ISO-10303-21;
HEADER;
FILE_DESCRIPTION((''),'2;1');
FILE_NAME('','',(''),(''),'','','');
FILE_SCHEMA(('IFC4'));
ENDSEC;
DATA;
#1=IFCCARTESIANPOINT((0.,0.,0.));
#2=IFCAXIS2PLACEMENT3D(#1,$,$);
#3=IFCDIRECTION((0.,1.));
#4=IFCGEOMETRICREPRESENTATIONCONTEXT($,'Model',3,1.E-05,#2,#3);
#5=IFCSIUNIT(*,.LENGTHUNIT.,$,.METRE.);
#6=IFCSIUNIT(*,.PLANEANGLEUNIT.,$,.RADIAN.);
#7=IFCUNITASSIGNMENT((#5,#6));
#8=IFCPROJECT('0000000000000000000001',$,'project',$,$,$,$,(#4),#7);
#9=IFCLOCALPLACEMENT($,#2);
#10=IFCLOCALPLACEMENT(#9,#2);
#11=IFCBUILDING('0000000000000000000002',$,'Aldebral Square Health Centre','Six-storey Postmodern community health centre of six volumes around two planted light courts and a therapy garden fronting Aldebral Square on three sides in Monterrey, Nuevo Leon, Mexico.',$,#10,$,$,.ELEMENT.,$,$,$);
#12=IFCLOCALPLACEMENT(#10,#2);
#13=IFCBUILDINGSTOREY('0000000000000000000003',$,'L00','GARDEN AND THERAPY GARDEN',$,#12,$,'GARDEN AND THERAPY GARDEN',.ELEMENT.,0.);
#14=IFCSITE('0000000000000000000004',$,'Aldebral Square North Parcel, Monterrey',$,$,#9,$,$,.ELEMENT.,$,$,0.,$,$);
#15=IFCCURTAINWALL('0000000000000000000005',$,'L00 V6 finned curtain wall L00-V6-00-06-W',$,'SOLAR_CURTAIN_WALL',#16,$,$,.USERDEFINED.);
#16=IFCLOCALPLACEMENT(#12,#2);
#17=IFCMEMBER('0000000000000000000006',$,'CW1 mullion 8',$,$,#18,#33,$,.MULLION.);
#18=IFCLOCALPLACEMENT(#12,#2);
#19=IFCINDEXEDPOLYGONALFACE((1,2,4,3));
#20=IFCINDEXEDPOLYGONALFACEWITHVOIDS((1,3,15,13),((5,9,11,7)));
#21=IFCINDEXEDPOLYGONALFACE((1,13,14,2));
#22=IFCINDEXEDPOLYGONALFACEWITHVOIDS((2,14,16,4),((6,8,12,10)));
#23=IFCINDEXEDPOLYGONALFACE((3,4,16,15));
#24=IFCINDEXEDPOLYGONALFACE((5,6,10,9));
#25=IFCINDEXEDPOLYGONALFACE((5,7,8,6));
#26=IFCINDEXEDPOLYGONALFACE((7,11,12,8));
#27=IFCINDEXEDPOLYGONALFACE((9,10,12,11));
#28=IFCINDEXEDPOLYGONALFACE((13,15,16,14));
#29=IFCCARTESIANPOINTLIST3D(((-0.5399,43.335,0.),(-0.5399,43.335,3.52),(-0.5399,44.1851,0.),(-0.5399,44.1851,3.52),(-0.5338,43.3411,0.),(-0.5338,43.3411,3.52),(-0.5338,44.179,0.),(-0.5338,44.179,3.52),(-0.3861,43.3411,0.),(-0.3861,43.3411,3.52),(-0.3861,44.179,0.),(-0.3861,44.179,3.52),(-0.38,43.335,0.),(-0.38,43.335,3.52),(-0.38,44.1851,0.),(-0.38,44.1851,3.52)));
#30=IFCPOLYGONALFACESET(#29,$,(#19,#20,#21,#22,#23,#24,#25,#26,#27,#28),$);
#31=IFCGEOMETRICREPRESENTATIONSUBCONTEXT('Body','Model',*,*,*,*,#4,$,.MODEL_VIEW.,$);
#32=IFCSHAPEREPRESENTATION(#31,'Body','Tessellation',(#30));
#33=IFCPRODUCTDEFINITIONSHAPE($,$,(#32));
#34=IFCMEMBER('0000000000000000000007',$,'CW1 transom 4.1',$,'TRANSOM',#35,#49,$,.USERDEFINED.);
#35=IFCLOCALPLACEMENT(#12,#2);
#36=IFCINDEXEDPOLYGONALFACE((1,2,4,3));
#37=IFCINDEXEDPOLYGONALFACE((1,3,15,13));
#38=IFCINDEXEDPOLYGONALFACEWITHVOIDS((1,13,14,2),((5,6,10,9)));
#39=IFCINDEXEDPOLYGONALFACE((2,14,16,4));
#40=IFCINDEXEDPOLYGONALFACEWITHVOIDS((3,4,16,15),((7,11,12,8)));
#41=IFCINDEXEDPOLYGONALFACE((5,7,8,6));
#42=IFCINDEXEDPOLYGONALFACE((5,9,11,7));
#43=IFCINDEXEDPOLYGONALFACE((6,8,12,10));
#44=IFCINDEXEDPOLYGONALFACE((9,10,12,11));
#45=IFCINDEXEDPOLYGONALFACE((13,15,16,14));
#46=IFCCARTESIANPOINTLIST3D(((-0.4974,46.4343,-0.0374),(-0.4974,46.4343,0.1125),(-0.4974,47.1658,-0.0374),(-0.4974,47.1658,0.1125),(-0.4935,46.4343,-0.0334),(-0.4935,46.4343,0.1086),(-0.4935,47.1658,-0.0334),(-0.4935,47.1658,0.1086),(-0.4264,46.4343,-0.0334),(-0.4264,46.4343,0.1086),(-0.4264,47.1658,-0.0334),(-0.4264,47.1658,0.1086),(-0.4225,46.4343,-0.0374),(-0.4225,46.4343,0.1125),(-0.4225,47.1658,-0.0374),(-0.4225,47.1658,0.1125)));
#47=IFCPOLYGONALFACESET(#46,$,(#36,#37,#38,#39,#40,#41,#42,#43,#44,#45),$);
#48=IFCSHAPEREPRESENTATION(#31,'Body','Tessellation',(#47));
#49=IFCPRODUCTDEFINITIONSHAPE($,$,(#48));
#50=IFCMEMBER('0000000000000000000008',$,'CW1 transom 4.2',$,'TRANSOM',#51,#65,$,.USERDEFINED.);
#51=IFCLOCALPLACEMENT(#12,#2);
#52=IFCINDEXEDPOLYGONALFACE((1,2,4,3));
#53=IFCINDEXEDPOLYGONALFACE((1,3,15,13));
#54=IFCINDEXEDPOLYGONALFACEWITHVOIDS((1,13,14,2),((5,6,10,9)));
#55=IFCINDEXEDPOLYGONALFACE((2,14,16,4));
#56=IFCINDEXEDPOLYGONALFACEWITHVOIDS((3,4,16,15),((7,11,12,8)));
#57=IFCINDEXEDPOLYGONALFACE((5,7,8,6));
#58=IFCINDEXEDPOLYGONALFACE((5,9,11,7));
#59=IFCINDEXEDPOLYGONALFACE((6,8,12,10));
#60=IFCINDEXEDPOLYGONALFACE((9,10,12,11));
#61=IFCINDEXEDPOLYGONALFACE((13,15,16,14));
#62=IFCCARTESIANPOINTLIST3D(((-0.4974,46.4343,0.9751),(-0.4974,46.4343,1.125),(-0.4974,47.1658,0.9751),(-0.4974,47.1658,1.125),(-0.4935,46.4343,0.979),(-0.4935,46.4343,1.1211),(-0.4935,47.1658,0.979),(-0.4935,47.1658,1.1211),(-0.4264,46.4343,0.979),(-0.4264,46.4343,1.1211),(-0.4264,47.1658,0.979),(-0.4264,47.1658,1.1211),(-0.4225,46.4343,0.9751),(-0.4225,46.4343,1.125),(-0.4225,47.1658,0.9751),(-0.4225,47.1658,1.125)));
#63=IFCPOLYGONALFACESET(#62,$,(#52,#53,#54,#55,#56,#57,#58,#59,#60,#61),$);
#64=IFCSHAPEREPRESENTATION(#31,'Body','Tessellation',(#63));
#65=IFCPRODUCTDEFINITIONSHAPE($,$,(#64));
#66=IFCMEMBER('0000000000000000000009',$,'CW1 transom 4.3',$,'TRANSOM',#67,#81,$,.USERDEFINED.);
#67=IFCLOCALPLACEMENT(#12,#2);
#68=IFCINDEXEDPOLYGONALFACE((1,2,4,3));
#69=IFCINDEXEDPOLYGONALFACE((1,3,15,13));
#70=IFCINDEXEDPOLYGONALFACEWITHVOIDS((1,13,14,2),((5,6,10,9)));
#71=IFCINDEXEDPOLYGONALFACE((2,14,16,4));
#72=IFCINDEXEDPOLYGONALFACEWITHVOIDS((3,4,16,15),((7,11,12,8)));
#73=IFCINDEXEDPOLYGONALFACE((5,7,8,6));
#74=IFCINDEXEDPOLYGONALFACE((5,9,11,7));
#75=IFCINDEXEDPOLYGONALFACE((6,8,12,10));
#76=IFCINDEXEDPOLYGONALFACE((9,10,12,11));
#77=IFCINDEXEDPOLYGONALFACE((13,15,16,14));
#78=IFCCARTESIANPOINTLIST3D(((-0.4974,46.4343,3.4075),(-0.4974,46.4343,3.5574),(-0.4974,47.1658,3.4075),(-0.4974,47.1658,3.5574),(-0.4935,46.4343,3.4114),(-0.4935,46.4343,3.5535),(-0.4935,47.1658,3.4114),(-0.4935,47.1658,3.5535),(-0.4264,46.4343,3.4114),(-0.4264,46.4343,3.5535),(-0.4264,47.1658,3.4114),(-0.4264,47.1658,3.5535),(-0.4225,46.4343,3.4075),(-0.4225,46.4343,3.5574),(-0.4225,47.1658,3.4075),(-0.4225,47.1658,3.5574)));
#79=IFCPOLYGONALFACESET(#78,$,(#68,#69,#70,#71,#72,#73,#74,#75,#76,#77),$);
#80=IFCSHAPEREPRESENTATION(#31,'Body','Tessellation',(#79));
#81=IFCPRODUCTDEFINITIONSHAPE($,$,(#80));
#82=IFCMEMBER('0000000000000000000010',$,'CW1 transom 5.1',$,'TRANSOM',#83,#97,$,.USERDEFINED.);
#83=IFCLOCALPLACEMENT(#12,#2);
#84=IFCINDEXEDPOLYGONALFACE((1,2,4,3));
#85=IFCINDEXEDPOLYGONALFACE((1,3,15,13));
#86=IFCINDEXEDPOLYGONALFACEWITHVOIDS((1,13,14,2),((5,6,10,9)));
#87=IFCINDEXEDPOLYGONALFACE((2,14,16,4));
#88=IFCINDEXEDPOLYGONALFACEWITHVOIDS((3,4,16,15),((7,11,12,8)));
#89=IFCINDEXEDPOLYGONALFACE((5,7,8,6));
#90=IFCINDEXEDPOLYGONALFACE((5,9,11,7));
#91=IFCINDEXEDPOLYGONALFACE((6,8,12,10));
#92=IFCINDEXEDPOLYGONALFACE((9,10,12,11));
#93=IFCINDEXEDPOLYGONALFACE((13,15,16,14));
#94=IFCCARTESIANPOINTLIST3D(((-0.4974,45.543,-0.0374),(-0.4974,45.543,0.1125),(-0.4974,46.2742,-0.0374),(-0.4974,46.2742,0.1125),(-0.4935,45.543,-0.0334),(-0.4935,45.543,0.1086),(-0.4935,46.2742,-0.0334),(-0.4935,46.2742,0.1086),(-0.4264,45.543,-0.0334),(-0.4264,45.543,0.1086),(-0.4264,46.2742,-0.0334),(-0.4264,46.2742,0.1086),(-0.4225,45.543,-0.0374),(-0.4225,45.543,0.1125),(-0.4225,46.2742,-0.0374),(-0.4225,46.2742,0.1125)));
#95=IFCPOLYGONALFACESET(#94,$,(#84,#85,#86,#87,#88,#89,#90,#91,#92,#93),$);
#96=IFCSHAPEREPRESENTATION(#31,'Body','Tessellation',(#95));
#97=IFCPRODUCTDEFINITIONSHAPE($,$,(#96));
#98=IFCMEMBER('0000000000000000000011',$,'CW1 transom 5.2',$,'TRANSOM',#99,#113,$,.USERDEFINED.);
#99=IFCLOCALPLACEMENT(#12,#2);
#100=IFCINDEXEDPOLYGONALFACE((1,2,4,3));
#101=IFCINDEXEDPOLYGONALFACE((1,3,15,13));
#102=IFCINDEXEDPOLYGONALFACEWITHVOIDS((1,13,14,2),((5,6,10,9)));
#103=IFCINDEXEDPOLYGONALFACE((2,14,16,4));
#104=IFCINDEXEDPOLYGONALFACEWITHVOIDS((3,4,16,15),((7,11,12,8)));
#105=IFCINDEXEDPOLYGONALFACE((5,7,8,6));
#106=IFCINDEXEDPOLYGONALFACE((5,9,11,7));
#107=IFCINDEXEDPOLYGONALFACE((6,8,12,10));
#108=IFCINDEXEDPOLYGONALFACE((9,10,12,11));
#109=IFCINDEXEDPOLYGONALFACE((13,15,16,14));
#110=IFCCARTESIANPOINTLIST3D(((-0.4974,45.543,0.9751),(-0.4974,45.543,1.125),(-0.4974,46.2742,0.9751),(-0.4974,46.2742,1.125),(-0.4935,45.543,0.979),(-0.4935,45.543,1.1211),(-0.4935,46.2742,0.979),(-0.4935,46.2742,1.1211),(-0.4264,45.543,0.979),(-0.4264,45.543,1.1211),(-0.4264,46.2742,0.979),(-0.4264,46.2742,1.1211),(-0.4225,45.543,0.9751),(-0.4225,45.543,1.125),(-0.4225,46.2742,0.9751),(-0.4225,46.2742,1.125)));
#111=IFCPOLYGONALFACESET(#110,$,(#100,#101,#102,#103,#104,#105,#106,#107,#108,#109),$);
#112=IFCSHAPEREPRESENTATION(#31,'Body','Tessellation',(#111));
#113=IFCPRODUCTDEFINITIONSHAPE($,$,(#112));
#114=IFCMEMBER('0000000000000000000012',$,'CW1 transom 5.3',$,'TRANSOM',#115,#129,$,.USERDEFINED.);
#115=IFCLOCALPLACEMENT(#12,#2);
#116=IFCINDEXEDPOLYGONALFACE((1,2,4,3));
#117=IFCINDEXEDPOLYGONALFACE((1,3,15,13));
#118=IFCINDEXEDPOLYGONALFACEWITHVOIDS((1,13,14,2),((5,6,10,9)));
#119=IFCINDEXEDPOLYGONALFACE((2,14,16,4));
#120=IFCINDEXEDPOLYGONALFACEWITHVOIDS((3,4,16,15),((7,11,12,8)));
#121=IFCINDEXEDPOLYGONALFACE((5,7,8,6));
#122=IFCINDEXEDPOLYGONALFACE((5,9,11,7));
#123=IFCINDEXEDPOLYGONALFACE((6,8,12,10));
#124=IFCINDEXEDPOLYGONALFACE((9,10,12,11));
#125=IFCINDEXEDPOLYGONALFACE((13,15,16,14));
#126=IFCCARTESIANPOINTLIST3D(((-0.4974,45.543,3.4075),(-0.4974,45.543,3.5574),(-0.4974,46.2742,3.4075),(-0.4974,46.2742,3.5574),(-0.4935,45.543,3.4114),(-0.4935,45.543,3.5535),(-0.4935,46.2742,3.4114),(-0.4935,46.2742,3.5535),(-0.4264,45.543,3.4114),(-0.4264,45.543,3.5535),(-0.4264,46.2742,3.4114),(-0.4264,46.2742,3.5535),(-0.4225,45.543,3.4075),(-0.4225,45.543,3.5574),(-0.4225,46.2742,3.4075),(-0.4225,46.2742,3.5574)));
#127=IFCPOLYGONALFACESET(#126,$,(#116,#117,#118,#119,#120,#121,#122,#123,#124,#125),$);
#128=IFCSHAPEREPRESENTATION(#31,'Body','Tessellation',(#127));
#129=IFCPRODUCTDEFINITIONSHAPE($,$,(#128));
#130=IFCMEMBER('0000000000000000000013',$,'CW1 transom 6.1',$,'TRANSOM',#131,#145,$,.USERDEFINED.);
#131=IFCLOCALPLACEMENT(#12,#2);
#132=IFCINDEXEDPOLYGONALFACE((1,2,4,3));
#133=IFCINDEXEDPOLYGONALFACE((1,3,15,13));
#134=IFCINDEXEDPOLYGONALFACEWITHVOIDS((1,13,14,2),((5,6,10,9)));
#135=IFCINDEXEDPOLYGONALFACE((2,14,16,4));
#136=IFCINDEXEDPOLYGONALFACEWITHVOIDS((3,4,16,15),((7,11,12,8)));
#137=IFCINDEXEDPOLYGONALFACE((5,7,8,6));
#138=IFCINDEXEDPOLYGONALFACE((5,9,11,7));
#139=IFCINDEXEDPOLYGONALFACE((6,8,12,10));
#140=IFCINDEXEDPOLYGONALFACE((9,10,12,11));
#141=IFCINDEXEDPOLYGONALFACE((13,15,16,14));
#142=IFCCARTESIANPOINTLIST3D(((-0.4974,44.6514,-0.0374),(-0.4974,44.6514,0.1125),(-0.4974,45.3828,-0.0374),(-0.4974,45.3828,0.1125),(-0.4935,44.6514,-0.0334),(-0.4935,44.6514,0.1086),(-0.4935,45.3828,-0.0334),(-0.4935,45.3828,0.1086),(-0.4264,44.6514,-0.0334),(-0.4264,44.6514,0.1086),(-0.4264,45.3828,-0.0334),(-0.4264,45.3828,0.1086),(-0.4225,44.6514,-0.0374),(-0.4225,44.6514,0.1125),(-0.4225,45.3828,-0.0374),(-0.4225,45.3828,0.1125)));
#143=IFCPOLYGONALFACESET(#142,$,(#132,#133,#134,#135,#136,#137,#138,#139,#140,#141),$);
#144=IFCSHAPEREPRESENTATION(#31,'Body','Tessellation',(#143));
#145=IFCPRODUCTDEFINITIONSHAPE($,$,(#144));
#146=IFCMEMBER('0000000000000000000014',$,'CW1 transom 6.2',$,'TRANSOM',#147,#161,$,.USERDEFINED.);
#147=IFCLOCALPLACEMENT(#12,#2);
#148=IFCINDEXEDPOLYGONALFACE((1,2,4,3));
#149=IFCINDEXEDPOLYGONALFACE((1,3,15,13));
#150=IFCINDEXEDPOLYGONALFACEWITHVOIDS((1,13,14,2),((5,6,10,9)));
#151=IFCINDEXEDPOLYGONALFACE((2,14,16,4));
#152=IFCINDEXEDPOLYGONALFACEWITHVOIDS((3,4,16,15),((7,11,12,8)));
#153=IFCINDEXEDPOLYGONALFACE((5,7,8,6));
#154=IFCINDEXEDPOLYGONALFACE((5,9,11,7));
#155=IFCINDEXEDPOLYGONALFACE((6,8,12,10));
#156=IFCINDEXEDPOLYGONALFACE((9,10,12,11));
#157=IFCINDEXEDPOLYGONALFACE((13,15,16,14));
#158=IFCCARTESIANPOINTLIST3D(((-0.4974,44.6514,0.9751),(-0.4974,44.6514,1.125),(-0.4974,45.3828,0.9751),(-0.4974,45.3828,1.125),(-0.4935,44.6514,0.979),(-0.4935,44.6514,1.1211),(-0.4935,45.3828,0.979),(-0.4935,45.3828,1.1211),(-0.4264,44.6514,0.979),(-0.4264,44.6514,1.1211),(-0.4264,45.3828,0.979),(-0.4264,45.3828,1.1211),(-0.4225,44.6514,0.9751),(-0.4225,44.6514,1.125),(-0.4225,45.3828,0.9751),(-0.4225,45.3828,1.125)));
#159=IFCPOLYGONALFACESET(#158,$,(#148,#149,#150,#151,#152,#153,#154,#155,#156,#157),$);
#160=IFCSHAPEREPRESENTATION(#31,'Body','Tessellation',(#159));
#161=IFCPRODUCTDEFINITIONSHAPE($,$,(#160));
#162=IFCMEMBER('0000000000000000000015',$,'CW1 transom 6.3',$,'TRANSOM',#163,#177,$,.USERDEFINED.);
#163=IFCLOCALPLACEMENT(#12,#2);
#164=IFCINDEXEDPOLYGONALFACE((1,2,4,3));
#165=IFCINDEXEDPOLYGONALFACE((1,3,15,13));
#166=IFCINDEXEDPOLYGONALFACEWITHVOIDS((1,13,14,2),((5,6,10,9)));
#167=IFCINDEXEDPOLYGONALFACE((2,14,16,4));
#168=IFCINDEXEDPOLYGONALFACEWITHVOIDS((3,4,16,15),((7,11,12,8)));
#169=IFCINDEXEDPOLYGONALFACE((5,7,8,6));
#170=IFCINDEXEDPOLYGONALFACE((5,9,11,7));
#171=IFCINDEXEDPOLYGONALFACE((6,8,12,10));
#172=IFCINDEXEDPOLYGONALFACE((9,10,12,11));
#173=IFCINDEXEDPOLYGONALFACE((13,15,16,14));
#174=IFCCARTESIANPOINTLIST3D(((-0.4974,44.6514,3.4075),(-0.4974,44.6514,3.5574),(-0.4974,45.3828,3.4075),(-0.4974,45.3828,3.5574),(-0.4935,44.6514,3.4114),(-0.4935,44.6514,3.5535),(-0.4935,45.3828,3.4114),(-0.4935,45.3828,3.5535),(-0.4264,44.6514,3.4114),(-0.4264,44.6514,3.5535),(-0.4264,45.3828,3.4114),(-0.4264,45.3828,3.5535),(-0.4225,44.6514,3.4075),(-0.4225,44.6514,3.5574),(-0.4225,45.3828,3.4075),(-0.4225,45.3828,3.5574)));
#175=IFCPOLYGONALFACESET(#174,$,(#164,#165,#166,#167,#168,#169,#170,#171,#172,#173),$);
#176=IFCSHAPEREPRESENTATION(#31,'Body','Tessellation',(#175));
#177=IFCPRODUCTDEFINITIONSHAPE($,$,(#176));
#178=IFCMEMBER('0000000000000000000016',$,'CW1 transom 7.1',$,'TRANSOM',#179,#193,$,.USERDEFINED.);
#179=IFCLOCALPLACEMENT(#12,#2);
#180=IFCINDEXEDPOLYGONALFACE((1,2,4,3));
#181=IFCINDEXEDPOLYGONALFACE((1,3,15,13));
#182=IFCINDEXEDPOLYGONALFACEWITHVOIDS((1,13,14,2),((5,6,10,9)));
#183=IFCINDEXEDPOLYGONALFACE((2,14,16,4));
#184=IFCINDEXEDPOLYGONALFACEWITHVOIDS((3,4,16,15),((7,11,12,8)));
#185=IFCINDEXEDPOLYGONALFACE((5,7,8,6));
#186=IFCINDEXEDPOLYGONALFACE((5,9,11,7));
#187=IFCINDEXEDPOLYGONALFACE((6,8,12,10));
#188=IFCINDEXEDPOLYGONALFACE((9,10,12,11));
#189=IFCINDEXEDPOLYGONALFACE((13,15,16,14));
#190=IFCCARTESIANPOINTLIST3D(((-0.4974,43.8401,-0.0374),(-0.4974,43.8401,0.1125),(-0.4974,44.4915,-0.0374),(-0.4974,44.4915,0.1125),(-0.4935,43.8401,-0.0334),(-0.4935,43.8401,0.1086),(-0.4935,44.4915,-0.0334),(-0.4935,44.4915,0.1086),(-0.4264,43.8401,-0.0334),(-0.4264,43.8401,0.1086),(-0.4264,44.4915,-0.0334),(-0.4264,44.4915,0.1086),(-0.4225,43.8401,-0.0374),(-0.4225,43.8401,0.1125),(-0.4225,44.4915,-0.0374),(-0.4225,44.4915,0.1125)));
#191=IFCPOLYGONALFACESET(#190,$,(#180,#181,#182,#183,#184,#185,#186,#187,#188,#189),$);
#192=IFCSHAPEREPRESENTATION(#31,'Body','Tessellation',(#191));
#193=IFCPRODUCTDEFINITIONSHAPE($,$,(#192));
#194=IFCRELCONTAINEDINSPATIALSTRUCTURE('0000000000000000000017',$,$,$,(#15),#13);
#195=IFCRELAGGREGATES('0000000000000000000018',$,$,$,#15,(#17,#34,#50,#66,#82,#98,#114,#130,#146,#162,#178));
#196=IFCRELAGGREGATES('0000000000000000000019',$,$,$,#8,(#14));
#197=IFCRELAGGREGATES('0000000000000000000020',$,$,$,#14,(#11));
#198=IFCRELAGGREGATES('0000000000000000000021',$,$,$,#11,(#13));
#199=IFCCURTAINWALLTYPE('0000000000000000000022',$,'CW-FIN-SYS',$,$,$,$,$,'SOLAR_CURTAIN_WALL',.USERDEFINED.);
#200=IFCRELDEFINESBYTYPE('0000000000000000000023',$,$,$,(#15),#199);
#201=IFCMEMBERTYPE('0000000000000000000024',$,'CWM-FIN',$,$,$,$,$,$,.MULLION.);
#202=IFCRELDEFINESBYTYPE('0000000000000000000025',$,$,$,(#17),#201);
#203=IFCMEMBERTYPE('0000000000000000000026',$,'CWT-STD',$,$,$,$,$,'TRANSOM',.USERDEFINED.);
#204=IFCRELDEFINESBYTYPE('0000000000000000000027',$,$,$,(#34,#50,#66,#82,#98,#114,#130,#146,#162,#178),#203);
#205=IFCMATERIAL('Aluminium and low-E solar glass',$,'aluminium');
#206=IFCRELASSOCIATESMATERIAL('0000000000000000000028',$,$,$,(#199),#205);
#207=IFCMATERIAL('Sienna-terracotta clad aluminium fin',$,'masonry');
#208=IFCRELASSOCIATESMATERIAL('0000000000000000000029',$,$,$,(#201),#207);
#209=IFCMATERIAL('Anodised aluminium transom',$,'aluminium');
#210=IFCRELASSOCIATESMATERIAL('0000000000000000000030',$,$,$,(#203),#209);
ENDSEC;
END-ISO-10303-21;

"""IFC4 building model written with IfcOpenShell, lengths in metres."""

from ifc_helpers import new_model, si_unit, direction, frame, origin, origin_2d, place, context, subcontext, project, spatial, hollow_rectangle, extrude, material, material_profile, profile_set, type_object, element, aggregate, save


model = new_model("IFC4")

# Units and contexts
model_context = context("Model", 3, precision=1e-05, world=origin(), true_north=direction((0.0, 1.0)))
body_context = subcontext(model_context, "Body", "Model", "MODEL_VIEW")
ifc_project = project(units=[si_unit("LENGTHUNIT", "METRE"), si_unit("PLANEANGLEUNIT", "RADIAN")], contexts=[model_context])

# Site, building, storey
site_placement = place(None, origin())
site = spatial("IfcSite", under=ifc_project, at=site_placement, Name="Aldebral Square North Parcel, Monterrey", CompositionType="ELEMENT", RefElevation=0.0)
building_placement = place(site_placement, origin())
building = spatial("IfcBuilding", under=site, at=building_placement, Name="Aldebral Square Health Centre", Description="Six-storey Postmodern community health centre of six volumes around two planted light courts and a therapy garden fronting Aldebral Square on three sides in Monterrey, Nuevo Leon, Mexico.", CompositionType="ELEMENT")
storey_placement = place(building_placement, origin())
storey = spatial("IfcBuildingStorey", under=building, at=storey_placement, Name="L00", Description="GARDEN AND THERAPY GARDEN", LongName="GARDEN AND THERAPY GARDEN", CompositionType="ELEMENT", Elevation=0.0)

# Curtain wall, members
ifc_material_1 = material(Name="Aluminium and low-E solar glass", Category="aluminium")
curtain_wall_type = type_object("IfcCurtainWallType", Name="CW-FIN-SYS", ElementType="SOLAR_CURTAIN_WALL", PredefinedType="USERDEFINED", material=ifc_material_1)
curtain_wall_placement = place(storey_placement, origin())
curtain_wall = element("IfcCurtainWall", 1, at=curtain_wall_placement, inside=storey, type_object=curtain_wall_type, Name="L00 V6 finned curtain wall L00-V6-00-06-W", ObjectType="SOLAR_CURTAIN_WALL", PredefinedType="USERDEFINED")
ifc_material_2 = material(Name="Sienna-terracotta clad aluminium fin", Category="masonry")
ifc_material_profile_1 = material_profile(ifc_material_2, hollow_rectangle(XDim=0.1599, YDim=0.8501, WallThickness=0.0061, at=origin_2d()), Name="FIN 160x850x6")
ifc_profile_set_1 = profile_set([ifc_material_profile_1], Name="Sienna-terracotta clad aluminium fin")
member_type_1 = type_object("IfcMemberType", Name="CWM-FIN", PredefinedType="MULLION", material=ifc_profile_set_1)
member_1_placement = place(storey_placement, frame((-0.46, 43.76, 0.0), z_axis=(0.0, 0.0, 1.0), x_axis=(1.0, 0.0, 0.0)))
member_1 = element("IfcMember", 2, at=member_1_placement, type_object=member_type_1, Name="CW1 mullion 8", PredefinedType="MULLION", context=body_context, shape_type="SweptSolid", body=[
    extrude(hollow_rectangle(XDim=0.1599, YDim=0.8501, WallThickness=0.0061, at=origin_2d()), origin(), (0.0, 0.0, 1.0), 3.52),
])
ifc_material_3 = material(Name="Anodised aluminium transom", Category="aluminium")
ifc_material_profile_2 = material_profile(ifc_material_3, hollow_rectangle(XDim=0.075, YDim=0.1499, WallThickness=0.0039, at=origin_2d()), Name="CWT 75x150x4")
ifc_profile_set_2 = profile_set([ifc_material_profile_2], Name="Anodised aluminium transom")
member_type_2 = type_object("IfcMemberType", Name="CWT-STD", ElementType="TRANSOM", PredefinedType="USERDEFINED", material=ifc_profile_set_2)
member_2_placement = place(storey_placement, frame((-0.46, 47.1658, 0.0376), z_axis=(0.0, -1.0, 0.0), x_axis=(1.0, 0.0, 0.0)))
member_2 = element("IfcMember", 3, at=member_2_placement, type_object=member_type_2, Name="CW1 transom 4.1", ObjectType="TRANSOM", PredefinedType="USERDEFINED", context=body_context, shape_type="SweptSolid", body=[
    extrude(hollow_rectangle(XDim=0.075, YDim=0.1499, WallThickness=0.0039, at=origin_2d()), origin(), (0.0, 0.0, 1.0), 0.7314),
])
member_3_placement = place(storey_placement, frame((-0.46, 47.1658, 1.05), z_axis=(0.0, -1.0, 0.0), x_axis=(1.0, 0.0, 0.0)))
member_3 = element("IfcMember", 4, at=member_3_placement, type_object=member_type_2, Name="CW1 transom 4.2", ObjectType="TRANSOM", PredefinedType="USERDEFINED", context=body_context, shape_type="SweptSolid", body=[
    extrude(hollow_rectangle(XDim=0.075, YDim=0.1499, WallThickness=0.0039, at=origin_2d()), origin(), (0.0, 0.0, 1.0), 0.7314),
])
member_4_placement = place(storey_placement, frame((-0.46, 47.1658, 3.4824), z_axis=(0.0, -1.0, 0.0), x_axis=(1.0, 0.0, 0.0)))
member_4 = element("IfcMember", 5, at=member_4_placement, type_object=member_type_2, Name="CW1 transom 4.3", ObjectType="TRANSOM", PredefinedType="USERDEFINED", context=body_context, shape_type="SweptSolid", body=[
    extrude(hollow_rectangle(XDim=0.075, YDim=0.1499, WallThickness=0.0039, at=origin_2d()), origin(), (0.0, 0.0, 1.0), 0.7314),
])
member_5_placement = place(storey_placement, frame((-0.46, 46.2742, 0.0376), z_axis=(0.0, -1.0, 0.0), x_axis=(1.0, 0.0, 0.0)))
member_5 = element("IfcMember", 6, at=member_5_placement, type_object=member_type_2, Name="CW1 transom 5.1", ObjectType="TRANSOM", PredefinedType="USERDEFINED", context=body_context, shape_type="SweptSolid", body=[
    extrude(hollow_rectangle(XDim=0.075, YDim=0.1499, WallThickness=0.0039, at=origin_2d()), origin(), (0.0, 0.0, 1.0), 0.7312),
])
member_6_placement = place(storey_placement, frame((-0.46, 46.2742, 1.05), z_axis=(0.0, -1.0, 0.0), x_axis=(1.0, 0.0, 0.0)))
member_6 = element("IfcMember", 7, at=member_6_placement, type_object=member_type_2, Name="CW1 transom 5.2", ObjectType="TRANSOM", PredefinedType="USERDEFINED", context=body_context, shape_type="SweptSolid", body=[
    extrude(hollow_rectangle(XDim=0.075, YDim=0.1499, WallThickness=0.0039, at=origin_2d()), origin(), (0.0, 0.0, 1.0), 0.7312),
])
member_7_placement = place(storey_placement, frame((-0.46, 46.2742, 3.4824), z_axis=(0.0, -1.0, 0.0), x_axis=(1.0, 0.0, 0.0)))
member_7 = element("IfcMember", 8, at=member_7_placement, type_object=member_type_2, Name="CW1 transom 5.3", ObjectType="TRANSOM", PredefinedType="USERDEFINED", context=body_context, shape_type="SweptSolid", body=[
    extrude(hollow_rectangle(XDim=0.075, YDim=0.1499, WallThickness=0.0039, at=origin_2d()), origin(), (0.0, 0.0, 1.0), 0.7312),
])
member_8_placement = place(storey_placement, frame((-0.46, 45.3828, 0.0376), z_axis=(0.0, -1.0, 0.0), x_axis=(1.0, 0.0, 0.0)))
member_8 = element("IfcMember", 9, at=member_8_placement, type_object=member_type_2, Name="CW1 transom 6.1", ObjectType="TRANSOM", PredefinedType="USERDEFINED", context=body_context, shape_type="SweptSolid", body=[
    extrude(hollow_rectangle(XDim=0.075, YDim=0.1499, WallThickness=0.0039, at=origin_2d()), origin(), (0.0, 0.0, 1.0), 0.7314),
])
member_9_placement = place(storey_placement, frame((-0.46, 45.3828, 1.05), z_axis=(0.0, -1.0, 0.0), x_axis=(1.0, 0.0, 0.0)))
member_9 = element("IfcMember", 10, at=member_9_placement, type_object=member_type_2, Name="CW1 transom 6.2", ObjectType="TRANSOM", PredefinedType="USERDEFINED", context=body_context, shape_type="SweptSolid", body=[
    extrude(hollow_rectangle(XDim=0.075, YDim=0.1499, WallThickness=0.0039, at=origin_2d()), origin(), (0.0, 0.0, 1.0), 0.7314),
])
member_10_placement = place(storey_placement, frame((-0.46, 45.3828, 3.4824), z_axis=(0.0, -1.0, 0.0), x_axis=(1.0, 0.0, 0.0)))
member_10 = element("IfcMember", 11, at=member_10_placement, type_object=member_type_2, Name="CW1 transom 6.3", ObjectType="TRANSOM", PredefinedType="USERDEFINED", context=body_context, shape_type="SweptSolid", body=[
    extrude(hollow_rectangle(XDim=0.075, YDim=0.1499, WallThickness=0.0039, at=origin_2d()), origin(), (0.0, 0.0, 1.0), 0.7314),
])
member_11_placement = place(storey_placement, frame((-0.46, 44.4915, 0.0376), z_axis=(0.0, -1.0, 0.0), x_axis=(1.0, 0.0, 0.0)))
member_11 = element("IfcMember", 12, at=member_11_placement, type_object=member_type_2, Name="CW1 transom 7.1", ObjectType="TRANSOM", PredefinedType="USERDEFINED", context=body_context, shape_type="SweptSolid", body=[
    extrude(hollow_rectangle(XDim=0.075, YDim=0.1499, WallThickness=0.0039, at=origin_2d()), origin(), (0.0, 0.0, 1.0), 0.6514),
])
aggregate(curtain_wall, [member_1, member_2, member_3, member_4, member_5, member_6, member_7, member_8, member_9, member_10, member_11])

save(model, "model.ifc")
